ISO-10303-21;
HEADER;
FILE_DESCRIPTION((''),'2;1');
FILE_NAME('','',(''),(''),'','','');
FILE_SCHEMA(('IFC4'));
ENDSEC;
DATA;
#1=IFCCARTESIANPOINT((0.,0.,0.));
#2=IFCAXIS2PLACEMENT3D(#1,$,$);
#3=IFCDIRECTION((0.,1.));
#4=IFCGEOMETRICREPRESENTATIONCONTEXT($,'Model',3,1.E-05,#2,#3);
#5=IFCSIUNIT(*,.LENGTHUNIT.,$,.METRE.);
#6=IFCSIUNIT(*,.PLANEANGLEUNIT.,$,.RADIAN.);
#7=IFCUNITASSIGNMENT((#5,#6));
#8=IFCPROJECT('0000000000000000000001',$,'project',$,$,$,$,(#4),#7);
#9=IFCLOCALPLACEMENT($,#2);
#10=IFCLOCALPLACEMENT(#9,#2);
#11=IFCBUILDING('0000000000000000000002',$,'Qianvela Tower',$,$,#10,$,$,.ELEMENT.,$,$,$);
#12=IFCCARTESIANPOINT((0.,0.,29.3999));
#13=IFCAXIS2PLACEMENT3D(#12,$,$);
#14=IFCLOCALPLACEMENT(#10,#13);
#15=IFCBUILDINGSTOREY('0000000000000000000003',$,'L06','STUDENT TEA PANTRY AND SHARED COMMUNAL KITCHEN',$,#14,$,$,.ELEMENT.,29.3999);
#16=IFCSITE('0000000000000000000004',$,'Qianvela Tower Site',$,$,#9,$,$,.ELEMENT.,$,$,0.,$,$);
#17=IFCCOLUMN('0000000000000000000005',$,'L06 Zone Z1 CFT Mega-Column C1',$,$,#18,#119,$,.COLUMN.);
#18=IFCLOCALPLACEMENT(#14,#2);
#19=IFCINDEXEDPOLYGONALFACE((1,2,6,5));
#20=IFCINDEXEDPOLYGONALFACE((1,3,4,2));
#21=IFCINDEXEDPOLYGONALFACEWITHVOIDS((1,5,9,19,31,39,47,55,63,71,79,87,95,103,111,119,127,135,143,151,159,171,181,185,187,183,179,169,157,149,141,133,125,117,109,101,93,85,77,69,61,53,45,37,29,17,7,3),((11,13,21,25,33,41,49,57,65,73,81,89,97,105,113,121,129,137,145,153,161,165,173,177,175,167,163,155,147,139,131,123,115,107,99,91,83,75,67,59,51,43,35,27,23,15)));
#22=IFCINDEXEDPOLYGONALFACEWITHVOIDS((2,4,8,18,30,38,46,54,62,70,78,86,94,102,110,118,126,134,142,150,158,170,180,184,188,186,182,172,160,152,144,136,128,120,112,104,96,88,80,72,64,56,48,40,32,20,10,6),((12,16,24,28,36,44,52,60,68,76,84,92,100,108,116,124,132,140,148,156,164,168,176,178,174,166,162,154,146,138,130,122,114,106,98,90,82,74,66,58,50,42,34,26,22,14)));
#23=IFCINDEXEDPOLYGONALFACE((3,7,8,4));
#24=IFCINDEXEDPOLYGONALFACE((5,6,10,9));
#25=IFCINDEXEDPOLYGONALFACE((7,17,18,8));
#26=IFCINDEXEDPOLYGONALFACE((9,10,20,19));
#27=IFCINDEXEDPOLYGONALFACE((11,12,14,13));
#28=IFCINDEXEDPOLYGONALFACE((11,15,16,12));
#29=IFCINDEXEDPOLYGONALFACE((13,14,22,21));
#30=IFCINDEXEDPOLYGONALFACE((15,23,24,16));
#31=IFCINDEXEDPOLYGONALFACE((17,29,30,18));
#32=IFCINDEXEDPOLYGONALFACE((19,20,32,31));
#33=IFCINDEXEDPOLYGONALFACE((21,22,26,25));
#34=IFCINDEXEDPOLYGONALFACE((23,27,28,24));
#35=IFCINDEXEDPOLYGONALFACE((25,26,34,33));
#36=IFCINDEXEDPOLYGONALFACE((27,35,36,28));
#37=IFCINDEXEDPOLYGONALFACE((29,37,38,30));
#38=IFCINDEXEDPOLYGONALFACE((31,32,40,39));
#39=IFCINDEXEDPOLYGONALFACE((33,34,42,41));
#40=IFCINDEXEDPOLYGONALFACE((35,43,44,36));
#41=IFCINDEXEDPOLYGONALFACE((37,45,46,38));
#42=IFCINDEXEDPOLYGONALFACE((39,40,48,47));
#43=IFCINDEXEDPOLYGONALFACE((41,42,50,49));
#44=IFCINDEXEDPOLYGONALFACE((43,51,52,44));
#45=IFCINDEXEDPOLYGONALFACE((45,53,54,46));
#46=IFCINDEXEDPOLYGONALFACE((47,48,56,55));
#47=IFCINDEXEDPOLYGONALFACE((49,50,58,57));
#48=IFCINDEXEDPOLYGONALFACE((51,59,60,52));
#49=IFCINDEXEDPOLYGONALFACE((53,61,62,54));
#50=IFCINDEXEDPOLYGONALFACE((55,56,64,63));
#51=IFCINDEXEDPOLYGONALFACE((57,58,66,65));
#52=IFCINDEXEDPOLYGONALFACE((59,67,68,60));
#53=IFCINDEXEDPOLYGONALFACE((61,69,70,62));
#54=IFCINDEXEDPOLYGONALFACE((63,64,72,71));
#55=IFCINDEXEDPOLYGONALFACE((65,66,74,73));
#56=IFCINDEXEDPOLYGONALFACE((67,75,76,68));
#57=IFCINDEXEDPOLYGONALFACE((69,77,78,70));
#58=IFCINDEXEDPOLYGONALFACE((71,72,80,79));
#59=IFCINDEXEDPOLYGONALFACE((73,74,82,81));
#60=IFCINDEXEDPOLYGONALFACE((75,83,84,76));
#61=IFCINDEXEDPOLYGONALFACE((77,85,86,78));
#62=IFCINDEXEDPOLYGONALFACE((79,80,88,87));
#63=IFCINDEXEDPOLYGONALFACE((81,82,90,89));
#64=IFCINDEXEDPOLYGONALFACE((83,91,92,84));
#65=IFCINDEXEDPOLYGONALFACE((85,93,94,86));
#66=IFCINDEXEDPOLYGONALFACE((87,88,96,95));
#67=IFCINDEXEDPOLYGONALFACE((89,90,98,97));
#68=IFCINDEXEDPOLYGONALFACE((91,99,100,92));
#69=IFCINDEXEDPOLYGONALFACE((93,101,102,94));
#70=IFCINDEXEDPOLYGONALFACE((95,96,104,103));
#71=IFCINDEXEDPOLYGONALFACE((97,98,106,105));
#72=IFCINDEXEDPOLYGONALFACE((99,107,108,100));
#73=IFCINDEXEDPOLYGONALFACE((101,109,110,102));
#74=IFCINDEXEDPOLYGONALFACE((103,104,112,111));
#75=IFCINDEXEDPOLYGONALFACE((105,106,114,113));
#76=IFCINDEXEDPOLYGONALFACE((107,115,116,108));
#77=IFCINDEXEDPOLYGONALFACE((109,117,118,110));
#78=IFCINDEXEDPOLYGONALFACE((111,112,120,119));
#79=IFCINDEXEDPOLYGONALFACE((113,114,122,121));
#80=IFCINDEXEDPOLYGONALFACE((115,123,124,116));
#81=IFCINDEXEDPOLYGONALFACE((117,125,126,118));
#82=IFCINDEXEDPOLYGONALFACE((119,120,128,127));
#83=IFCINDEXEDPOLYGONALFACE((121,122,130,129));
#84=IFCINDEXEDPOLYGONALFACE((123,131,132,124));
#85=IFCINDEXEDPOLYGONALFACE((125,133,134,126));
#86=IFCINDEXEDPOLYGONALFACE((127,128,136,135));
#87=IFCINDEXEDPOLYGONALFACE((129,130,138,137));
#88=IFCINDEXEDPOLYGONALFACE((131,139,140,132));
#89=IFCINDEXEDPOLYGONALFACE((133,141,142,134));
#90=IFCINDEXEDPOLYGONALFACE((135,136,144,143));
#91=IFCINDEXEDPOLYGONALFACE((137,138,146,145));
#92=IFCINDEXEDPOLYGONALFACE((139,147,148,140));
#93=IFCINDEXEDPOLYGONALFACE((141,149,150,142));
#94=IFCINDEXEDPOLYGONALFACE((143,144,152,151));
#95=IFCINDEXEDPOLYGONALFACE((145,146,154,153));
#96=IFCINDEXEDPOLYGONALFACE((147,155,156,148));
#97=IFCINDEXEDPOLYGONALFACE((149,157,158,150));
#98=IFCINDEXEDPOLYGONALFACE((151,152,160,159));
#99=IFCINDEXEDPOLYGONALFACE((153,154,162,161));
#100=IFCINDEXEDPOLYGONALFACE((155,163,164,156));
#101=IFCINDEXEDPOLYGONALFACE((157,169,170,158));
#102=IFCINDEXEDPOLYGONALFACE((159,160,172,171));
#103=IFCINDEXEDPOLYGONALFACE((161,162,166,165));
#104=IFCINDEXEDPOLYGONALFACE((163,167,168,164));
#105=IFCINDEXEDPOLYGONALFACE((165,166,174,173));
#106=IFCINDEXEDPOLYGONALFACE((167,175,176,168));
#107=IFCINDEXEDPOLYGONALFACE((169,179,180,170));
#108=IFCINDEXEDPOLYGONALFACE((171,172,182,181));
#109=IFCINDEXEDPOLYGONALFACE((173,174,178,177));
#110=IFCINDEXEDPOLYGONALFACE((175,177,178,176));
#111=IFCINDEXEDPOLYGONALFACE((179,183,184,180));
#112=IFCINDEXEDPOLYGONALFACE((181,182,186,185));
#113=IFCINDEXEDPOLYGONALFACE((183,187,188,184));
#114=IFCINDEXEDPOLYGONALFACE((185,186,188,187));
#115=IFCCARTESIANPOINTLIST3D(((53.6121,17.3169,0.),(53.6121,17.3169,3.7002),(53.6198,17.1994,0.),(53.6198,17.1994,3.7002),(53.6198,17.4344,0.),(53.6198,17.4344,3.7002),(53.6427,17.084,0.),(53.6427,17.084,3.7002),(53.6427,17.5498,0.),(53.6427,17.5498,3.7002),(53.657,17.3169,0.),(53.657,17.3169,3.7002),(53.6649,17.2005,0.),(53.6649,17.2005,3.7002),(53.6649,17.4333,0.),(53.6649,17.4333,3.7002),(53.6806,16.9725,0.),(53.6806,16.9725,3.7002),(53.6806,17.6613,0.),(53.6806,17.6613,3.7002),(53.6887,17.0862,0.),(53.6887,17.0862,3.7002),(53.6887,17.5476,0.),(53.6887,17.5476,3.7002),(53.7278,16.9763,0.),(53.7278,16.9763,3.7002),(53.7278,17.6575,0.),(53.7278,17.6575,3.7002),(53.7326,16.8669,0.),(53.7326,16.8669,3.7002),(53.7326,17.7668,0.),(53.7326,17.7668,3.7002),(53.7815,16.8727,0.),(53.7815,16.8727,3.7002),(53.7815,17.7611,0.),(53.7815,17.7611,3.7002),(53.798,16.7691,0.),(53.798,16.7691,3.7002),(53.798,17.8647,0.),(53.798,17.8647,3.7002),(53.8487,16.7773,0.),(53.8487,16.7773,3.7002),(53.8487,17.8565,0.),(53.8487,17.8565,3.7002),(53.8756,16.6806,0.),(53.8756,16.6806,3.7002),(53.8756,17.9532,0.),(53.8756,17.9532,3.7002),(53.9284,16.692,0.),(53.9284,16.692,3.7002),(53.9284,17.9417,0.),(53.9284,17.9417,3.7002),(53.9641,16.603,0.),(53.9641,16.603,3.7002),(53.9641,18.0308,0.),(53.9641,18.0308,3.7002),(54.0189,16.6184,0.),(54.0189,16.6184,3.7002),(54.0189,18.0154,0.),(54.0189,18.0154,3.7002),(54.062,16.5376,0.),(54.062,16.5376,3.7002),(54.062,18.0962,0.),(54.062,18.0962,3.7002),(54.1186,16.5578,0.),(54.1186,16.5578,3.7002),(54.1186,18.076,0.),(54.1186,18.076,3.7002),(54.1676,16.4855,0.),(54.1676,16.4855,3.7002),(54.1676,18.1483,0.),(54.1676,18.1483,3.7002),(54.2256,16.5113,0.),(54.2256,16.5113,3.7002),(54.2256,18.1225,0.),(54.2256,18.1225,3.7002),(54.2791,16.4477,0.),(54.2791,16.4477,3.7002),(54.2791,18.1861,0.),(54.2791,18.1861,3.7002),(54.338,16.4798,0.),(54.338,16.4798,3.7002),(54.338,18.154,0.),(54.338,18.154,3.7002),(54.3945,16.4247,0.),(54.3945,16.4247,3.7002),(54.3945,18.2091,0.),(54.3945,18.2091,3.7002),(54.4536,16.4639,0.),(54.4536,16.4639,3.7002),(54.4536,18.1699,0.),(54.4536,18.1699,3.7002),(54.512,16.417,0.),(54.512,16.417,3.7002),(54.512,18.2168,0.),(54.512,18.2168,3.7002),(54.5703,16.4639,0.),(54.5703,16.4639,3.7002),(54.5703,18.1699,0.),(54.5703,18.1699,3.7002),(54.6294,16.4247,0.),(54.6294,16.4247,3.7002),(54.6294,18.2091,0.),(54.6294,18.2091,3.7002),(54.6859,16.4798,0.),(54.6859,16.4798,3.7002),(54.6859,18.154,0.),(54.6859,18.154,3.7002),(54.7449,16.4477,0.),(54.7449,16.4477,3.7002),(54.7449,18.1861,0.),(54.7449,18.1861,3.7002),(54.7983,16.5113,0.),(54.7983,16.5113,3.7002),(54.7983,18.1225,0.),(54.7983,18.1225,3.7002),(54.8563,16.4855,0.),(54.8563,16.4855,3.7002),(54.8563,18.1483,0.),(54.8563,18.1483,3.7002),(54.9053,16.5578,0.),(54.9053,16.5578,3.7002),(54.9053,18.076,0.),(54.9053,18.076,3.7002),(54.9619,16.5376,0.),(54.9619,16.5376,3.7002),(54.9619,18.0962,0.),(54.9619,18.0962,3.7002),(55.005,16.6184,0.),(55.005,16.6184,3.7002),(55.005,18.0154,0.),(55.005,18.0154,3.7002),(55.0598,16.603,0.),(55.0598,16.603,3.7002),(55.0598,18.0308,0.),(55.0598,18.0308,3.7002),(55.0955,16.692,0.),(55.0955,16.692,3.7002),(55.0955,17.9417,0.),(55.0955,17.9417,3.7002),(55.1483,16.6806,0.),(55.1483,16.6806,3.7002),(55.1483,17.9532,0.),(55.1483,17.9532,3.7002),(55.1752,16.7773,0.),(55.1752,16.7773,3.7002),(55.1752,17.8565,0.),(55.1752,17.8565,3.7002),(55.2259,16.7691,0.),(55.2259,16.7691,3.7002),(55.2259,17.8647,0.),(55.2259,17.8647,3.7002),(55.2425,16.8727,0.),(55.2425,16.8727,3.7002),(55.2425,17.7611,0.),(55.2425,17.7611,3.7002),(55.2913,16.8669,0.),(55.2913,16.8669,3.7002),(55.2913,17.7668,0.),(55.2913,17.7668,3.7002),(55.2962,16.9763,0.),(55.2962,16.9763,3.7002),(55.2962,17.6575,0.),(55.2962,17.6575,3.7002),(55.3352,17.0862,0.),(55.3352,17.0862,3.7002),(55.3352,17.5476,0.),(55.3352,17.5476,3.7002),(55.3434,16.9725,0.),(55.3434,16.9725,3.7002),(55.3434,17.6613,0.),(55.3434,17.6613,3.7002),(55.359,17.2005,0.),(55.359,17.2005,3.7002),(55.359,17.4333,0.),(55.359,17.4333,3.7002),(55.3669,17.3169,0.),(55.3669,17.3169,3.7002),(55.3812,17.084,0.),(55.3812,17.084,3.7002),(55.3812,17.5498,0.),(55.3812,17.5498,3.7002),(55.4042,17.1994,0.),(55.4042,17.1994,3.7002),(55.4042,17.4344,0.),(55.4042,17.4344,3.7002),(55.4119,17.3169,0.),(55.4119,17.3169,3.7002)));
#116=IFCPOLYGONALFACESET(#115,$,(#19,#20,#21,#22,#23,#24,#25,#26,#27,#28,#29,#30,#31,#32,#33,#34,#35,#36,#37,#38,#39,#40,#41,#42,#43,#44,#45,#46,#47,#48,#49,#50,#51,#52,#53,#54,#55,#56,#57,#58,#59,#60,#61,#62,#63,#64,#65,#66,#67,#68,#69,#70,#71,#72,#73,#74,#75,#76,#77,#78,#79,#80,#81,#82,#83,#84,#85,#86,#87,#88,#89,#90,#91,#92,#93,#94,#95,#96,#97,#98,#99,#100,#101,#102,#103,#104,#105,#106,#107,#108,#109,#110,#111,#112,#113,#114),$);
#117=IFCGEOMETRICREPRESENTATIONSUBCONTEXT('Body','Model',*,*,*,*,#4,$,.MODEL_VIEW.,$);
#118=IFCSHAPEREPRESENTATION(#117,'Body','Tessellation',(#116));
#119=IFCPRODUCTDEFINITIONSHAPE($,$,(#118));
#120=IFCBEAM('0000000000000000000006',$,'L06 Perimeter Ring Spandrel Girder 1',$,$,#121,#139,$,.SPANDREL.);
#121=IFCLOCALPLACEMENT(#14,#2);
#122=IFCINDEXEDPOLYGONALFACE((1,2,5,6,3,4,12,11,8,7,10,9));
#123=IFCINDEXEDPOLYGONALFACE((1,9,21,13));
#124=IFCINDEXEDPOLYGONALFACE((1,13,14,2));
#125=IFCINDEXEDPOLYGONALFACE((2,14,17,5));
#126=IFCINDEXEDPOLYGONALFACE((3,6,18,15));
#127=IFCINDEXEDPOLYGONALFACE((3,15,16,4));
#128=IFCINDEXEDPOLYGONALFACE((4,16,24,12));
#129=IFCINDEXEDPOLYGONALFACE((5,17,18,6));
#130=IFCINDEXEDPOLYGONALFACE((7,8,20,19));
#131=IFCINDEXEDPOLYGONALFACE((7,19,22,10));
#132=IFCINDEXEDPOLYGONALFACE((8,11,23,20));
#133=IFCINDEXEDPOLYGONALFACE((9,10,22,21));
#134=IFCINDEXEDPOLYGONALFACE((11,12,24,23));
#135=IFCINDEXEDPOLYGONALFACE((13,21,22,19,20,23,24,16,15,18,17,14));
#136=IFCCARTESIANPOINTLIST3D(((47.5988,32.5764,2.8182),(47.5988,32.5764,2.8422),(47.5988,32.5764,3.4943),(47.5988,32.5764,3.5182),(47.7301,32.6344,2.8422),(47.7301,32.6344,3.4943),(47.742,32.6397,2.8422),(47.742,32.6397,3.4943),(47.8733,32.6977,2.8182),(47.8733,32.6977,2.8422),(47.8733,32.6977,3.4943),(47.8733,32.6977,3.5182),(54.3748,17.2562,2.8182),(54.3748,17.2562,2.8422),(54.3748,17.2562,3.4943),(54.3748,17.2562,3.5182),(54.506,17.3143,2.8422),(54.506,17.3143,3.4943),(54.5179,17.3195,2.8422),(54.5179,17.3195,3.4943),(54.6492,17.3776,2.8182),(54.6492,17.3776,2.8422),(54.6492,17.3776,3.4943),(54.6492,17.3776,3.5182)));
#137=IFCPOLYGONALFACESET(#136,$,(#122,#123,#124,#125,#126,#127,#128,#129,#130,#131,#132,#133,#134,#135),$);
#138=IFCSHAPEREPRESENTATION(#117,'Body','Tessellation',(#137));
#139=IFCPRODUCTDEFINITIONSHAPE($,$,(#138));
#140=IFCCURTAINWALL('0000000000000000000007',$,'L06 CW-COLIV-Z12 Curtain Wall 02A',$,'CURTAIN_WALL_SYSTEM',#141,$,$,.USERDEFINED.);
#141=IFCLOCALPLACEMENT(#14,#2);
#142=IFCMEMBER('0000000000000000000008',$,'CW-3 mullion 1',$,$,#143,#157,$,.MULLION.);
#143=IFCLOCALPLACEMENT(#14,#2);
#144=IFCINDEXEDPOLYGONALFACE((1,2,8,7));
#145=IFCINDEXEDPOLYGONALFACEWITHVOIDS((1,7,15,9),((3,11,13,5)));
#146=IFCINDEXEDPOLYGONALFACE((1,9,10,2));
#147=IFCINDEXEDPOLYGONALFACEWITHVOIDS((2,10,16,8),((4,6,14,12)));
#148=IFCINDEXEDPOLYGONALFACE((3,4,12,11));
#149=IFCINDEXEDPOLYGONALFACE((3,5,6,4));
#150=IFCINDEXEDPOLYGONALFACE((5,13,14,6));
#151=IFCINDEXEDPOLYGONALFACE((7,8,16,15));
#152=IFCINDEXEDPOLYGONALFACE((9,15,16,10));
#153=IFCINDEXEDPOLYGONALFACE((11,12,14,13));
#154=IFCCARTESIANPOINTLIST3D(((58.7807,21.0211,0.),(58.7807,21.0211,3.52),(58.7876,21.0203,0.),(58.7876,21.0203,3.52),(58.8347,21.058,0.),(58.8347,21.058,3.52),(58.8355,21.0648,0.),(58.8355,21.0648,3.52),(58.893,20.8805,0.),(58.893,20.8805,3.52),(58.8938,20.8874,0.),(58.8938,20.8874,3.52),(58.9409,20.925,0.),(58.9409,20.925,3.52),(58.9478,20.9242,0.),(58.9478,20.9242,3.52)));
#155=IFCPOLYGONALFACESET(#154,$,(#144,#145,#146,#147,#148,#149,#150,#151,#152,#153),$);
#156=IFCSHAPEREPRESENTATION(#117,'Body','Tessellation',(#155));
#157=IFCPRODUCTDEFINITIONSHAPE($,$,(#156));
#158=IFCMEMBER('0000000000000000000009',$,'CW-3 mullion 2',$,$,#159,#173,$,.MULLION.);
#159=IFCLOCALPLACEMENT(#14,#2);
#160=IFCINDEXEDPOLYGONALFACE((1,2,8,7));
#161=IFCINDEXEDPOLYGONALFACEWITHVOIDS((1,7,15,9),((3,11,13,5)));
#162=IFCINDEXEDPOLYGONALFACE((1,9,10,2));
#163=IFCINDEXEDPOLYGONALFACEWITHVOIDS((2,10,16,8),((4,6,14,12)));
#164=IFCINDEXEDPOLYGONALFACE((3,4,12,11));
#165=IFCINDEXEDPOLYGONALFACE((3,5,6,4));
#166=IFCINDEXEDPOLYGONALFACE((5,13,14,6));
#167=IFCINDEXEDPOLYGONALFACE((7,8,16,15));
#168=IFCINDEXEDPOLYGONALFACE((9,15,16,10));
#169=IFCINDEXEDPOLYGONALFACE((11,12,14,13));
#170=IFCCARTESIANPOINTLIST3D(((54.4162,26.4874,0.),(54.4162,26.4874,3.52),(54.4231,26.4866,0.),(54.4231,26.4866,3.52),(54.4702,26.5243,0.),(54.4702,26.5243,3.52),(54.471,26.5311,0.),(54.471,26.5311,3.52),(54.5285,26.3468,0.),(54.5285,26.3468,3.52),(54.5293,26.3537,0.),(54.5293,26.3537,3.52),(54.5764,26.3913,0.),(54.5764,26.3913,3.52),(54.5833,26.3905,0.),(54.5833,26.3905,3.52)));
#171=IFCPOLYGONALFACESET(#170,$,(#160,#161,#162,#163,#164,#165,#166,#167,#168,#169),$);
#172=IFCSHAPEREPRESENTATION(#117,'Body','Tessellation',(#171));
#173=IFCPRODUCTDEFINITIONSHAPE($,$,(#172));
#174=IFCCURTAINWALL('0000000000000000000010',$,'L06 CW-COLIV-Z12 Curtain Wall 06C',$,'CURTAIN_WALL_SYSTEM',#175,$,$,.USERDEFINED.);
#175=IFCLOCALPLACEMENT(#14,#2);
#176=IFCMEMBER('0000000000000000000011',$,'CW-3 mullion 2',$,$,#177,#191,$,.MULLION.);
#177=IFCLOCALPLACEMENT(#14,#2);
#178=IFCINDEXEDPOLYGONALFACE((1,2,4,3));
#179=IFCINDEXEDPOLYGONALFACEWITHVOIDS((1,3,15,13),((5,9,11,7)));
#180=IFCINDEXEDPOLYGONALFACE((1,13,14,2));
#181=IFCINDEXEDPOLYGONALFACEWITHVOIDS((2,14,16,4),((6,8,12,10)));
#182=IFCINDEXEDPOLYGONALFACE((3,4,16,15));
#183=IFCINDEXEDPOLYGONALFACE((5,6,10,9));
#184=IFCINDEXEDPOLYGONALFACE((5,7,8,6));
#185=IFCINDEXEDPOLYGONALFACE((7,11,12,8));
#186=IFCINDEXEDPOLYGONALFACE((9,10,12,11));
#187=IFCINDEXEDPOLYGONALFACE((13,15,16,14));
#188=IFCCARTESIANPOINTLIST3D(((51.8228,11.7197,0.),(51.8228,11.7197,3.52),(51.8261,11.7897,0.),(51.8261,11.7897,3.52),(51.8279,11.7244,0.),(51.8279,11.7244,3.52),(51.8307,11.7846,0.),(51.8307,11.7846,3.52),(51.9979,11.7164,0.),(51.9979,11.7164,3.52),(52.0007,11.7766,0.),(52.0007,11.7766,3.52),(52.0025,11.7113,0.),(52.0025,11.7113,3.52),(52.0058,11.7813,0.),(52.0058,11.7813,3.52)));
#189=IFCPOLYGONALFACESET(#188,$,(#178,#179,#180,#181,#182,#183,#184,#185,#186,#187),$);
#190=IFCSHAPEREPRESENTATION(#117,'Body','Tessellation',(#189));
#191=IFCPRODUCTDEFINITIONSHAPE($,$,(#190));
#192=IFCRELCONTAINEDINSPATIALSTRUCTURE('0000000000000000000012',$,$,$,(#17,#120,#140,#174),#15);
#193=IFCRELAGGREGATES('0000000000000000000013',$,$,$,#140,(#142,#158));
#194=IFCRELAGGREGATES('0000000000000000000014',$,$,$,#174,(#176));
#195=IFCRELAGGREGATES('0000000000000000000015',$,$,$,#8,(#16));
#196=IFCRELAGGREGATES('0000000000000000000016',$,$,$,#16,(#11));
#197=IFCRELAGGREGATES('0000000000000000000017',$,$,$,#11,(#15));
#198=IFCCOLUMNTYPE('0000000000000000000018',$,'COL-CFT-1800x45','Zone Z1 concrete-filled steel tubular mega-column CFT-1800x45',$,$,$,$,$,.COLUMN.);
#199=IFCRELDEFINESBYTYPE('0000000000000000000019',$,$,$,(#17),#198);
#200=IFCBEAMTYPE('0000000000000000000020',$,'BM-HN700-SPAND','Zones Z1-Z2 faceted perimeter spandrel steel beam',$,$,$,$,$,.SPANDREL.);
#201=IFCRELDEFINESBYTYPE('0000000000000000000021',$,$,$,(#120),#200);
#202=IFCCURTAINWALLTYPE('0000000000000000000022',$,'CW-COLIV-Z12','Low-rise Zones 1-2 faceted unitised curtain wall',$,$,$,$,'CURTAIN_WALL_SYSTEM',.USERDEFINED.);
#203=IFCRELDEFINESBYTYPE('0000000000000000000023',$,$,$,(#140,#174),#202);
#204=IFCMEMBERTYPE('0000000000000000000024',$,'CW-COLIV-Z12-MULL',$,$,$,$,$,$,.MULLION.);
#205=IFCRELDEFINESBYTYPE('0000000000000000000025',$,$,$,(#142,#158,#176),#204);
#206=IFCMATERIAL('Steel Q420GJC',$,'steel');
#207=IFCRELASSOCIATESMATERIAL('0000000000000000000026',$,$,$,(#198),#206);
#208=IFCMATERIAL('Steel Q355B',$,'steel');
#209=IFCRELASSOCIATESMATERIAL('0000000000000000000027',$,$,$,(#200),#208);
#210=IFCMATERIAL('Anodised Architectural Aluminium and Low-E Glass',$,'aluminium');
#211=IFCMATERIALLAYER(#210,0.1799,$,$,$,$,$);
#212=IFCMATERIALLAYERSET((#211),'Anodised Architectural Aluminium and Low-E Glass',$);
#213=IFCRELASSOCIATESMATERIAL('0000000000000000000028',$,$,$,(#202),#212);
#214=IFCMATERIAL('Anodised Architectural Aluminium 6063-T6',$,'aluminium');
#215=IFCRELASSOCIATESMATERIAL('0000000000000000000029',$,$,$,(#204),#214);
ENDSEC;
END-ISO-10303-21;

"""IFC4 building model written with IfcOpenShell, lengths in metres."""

from ifc_helpers import new_model, si_unit, direction, frame, origin, origin_2d, place, context, subcontext, project, spatial, hollow_rectangle, hollow_circle, i_section, extrude, material, layer, layer_set, material_profile, profile_set, type_object, element, aggregate, save


model = new_model("IFC4")

# Units and contexts
model_context = context("Model", 3, precision=1e-05, world=origin(), true_north=direction((0.0, 1.0)))
body_context = subcontext(model_context, "Body", "Model", "MODEL_VIEW")
ifc_project = project(units=[si_unit("LENGTHUNIT", "METRE"), si_unit("PLANEANGLEUNIT", "RADIAN")], contexts=[model_context])

# Site, building, storey
site_placement = place(None, origin())
site = spatial("IfcSite", under=ifc_project, at=site_placement, Name="Qianvela Tower Site", CompositionType="ELEMENT", RefElevation=0.0)
building_placement = place(site_placement, origin())
building = spatial("IfcBuilding", under=site, at=building_placement, Name="Qianvela Tower", CompositionType="ELEMENT")
storey_placement = place(building_placement, frame((0.0, 0.0, 29.3999)))
storey = spatial("IfcBuildingStorey", under=building, at=storey_placement, Name="L06", Description="STUDENT TEA PANTRY AND SHARED COMMUNAL KITCHEN", CompositionType="ELEMENT", Elevation=29.3999)

# Column
ifc_material_1 = material(Name="Steel Q420GJC", Category="steel")
ifc_material_profile_1 = material_profile(ifc_material_1, hollow_circle(Radius=0.8999, WallThickness=0.0449, at=origin_2d()), Name="CFT-1800x45")
ifc_profile_set_1 = profile_set([ifc_material_profile_1], Name="Steel Q420GJC")
column_type = type_object("IfcColumnType", Name="COL-CFT-1800x45", Description="Zone Z1 concrete-filled steel tubular mega-column CFT-1800x45", PredefinedType="COLUMN", material=ifc_profile_set_1)
column_placement = place(storey_placement, frame((54.512, 17.3169, 0.0), z_axis=(0.0, 0.0, 1.0), x_axis=(1.0, 0.0, 0.0)))
element("IfcColumn", 1, at=column_placement, inside=storey, type_object=column_type, Name="L06 Zone Z1 CFT Mega-Column C1", PredefinedType="COLUMN", context=body_context, shape_type="SweptSolid", body=[
    extrude(hollow_circle(Radius=0.8999, WallThickness=0.0449, at=origin_2d()), origin(), (0.0, 0.0, 1.0), 3.7002),
])

# Beam
ifc_material_2 = material(Name="Steel Q355B", Category="steel")
ifc_material_profile_2 = material_profile(ifc_material_2, i_section(OverallWidth=0.3, OverallDepth=0.7, WebThickness=0.0129, FlangeThickness=0.0239, at=origin_2d()), Name="HN700x300x13x24")
ifc_profile_set_2 = profile_set([ifc_material_profile_2], Name="Steel Q355B")
beam_type = type_object("IfcBeamType", Name="BM-HN700-SPAND", Description="Zones Z1-Z2 faceted perimeter spandrel steel beam", PredefinedType="SPANDREL", material=ifc_profile_set_2)
beam_placement = place(storey_placement, frame((54.512, 17.3169, 3.1682), z_axis=(-0.404491, 0.914542, 0.0), x_axis=(-0.914542, -0.404491, 0.0)))
element("IfcBeam", 2, at=beam_placement, inside=storey, type_object=beam_type, Name="L06 Perimeter Ring Spandrel Girder 1", PredefinedType="SPANDREL", context=body_context, shape_type="SweptSolid", body=[
    extrude(i_section(OverallWidth=0.3, OverallDepth=0.7, WebThickness=0.0129, FlangeThickness=0.0239, at=origin_2d()), origin(), (0.0, 0.0, 1.0), 16.7517),
])

# Curtain wall, members
ifc_material_3 = material(Name="Anodised Architectural Aluminium and Low-E Glass", Category="aluminium")
ifc_layer_1 = layer(ifc_material_3, 0.1799)
ifc_layer_set_1 = layer_set([ifc_layer_1], Name="Anodised Architectural Aluminium and Low-E Glass")
curtain_wall_type = type_object("IfcCurtainWallType", Name="CW-COLIV-Z12", Description="Low-rise Zones 1-2 faceted unitised curtain wall", ElementType="CURTAIN_WALL_SYSTEM", PredefinedType="USERDEFINED", material=ifc_layer_set_1)
curtain_wall_1_placement = place(storey_placement, origin())
curtain_wall_1 = element("IfcCurtainWall", 3, at=curtain_wall_1_placement, inside=storey, type_object=curtain_wall_type, Name="L06 CW-COLIV-Z12 Curtain Wall 02A", ObjectType="CURTAIN_WALL_SYSTEM", PredefinedType="USERDEFINED")
ifc_material_4 = material(Name="Anodised Architectural Aluminium 6063-T6", Category="aluminium")
ifc_material_profile_3 = material_profile(ifc_material_4, hollow_rectangle(XDim=0.0701, YDim=0.1799, WallThickness=0.0049, at=origin_2d()), Name="ALU-MULL-70x180")
ifc_profile_set_3 = profile_set([ifc_material_profile_3], Name="Anodised Architectural Aluminium 6063-T6")
member_type_1 = type_object("IfcMemberType", Name="CW-COLIV-Z12-MULL", PredefinedType="MULLION", material=ifc_profile_set_3)
member_1_placement = place(storey_placement, frame((58.8643, 20.9727, 0.0), z_axis=(0.0, 0.0, 1.0), x_axis=(-0.781444, -0.623976, 0.0)))
member_1 = element("IfcMember", 4, at=member_1_placement, type_object=member_type_1, Name="CW-3 mullion 1", PredefinedType="MULLION", context=body_context, shape_type="SweptSolid", body=[
    extrude(hollow_rectangle(XDim=0.0701, YDim=0.1799, WallThickness=0.0049, at=origin_2d()), origin(), (0.0, 0.0, 1.0), 3.52),
])
member_2_placement = place(storey_placement, frame((54.4998, 26.439, 0.0), z_axis=(0.0, 0.0, 1.0), x_axis=(-0.781444, -0.623976, 0.0)))
member_2 = element("IfcMember", 5, at=member_2_placement, type_object=member_type_1, Name="CW-3 mullion 2", PredefinedType="MULLION", context=body_context, shape_type="SweptSolid", body=[
    extrude(hollow_rectangle(XDim=0.0701, YDim=0.1799, WallThickness=0.0049, at=origin_2d()), origin(), (0.0, 0.0, 1.0), 3.52),
])

# Curtain wall, member
curtain_wall_2_placement = place(storey_placement, origin())
curtain_wall_2 = element("IfcCurtainWall", 6, at=curtain_wall_2_placement, inside=storey, type_object=curtain_wall_type, Name="L06 CW-COLIV-Z12 Curtain Wall 06C", ObjectType="CURTAIN_WALL_SYSTEM", PredefinedType="USERDEFINED")
member_3_placement = place(storey_placement, frame((51.9143, 11.7505, 0.0), z_axis=(0.0, 0.0, 1.0), x_axis=(0.04688, 0.998901, 0.0)))
member_3 = element("IfcMember", 7, at=member_3_placement, type_object=member_type_1, Name="CW-3 mullion 2", PredefinedType="MULLION", context=body_context, shape_type="SweptSolid", body=[
    extrude(hollow_rectangle(XDim=0.0701, YDim=0.1799, WallThickness=0.0049, at=origin_2d()), origin(), (0.0, 0.0, 1.0), 3.52),
])

aggregate(curtain_wall_1, [member_1, member_2])
aggregate(curtain_wall_2, [member_3])

save(model, "model.ifc")
